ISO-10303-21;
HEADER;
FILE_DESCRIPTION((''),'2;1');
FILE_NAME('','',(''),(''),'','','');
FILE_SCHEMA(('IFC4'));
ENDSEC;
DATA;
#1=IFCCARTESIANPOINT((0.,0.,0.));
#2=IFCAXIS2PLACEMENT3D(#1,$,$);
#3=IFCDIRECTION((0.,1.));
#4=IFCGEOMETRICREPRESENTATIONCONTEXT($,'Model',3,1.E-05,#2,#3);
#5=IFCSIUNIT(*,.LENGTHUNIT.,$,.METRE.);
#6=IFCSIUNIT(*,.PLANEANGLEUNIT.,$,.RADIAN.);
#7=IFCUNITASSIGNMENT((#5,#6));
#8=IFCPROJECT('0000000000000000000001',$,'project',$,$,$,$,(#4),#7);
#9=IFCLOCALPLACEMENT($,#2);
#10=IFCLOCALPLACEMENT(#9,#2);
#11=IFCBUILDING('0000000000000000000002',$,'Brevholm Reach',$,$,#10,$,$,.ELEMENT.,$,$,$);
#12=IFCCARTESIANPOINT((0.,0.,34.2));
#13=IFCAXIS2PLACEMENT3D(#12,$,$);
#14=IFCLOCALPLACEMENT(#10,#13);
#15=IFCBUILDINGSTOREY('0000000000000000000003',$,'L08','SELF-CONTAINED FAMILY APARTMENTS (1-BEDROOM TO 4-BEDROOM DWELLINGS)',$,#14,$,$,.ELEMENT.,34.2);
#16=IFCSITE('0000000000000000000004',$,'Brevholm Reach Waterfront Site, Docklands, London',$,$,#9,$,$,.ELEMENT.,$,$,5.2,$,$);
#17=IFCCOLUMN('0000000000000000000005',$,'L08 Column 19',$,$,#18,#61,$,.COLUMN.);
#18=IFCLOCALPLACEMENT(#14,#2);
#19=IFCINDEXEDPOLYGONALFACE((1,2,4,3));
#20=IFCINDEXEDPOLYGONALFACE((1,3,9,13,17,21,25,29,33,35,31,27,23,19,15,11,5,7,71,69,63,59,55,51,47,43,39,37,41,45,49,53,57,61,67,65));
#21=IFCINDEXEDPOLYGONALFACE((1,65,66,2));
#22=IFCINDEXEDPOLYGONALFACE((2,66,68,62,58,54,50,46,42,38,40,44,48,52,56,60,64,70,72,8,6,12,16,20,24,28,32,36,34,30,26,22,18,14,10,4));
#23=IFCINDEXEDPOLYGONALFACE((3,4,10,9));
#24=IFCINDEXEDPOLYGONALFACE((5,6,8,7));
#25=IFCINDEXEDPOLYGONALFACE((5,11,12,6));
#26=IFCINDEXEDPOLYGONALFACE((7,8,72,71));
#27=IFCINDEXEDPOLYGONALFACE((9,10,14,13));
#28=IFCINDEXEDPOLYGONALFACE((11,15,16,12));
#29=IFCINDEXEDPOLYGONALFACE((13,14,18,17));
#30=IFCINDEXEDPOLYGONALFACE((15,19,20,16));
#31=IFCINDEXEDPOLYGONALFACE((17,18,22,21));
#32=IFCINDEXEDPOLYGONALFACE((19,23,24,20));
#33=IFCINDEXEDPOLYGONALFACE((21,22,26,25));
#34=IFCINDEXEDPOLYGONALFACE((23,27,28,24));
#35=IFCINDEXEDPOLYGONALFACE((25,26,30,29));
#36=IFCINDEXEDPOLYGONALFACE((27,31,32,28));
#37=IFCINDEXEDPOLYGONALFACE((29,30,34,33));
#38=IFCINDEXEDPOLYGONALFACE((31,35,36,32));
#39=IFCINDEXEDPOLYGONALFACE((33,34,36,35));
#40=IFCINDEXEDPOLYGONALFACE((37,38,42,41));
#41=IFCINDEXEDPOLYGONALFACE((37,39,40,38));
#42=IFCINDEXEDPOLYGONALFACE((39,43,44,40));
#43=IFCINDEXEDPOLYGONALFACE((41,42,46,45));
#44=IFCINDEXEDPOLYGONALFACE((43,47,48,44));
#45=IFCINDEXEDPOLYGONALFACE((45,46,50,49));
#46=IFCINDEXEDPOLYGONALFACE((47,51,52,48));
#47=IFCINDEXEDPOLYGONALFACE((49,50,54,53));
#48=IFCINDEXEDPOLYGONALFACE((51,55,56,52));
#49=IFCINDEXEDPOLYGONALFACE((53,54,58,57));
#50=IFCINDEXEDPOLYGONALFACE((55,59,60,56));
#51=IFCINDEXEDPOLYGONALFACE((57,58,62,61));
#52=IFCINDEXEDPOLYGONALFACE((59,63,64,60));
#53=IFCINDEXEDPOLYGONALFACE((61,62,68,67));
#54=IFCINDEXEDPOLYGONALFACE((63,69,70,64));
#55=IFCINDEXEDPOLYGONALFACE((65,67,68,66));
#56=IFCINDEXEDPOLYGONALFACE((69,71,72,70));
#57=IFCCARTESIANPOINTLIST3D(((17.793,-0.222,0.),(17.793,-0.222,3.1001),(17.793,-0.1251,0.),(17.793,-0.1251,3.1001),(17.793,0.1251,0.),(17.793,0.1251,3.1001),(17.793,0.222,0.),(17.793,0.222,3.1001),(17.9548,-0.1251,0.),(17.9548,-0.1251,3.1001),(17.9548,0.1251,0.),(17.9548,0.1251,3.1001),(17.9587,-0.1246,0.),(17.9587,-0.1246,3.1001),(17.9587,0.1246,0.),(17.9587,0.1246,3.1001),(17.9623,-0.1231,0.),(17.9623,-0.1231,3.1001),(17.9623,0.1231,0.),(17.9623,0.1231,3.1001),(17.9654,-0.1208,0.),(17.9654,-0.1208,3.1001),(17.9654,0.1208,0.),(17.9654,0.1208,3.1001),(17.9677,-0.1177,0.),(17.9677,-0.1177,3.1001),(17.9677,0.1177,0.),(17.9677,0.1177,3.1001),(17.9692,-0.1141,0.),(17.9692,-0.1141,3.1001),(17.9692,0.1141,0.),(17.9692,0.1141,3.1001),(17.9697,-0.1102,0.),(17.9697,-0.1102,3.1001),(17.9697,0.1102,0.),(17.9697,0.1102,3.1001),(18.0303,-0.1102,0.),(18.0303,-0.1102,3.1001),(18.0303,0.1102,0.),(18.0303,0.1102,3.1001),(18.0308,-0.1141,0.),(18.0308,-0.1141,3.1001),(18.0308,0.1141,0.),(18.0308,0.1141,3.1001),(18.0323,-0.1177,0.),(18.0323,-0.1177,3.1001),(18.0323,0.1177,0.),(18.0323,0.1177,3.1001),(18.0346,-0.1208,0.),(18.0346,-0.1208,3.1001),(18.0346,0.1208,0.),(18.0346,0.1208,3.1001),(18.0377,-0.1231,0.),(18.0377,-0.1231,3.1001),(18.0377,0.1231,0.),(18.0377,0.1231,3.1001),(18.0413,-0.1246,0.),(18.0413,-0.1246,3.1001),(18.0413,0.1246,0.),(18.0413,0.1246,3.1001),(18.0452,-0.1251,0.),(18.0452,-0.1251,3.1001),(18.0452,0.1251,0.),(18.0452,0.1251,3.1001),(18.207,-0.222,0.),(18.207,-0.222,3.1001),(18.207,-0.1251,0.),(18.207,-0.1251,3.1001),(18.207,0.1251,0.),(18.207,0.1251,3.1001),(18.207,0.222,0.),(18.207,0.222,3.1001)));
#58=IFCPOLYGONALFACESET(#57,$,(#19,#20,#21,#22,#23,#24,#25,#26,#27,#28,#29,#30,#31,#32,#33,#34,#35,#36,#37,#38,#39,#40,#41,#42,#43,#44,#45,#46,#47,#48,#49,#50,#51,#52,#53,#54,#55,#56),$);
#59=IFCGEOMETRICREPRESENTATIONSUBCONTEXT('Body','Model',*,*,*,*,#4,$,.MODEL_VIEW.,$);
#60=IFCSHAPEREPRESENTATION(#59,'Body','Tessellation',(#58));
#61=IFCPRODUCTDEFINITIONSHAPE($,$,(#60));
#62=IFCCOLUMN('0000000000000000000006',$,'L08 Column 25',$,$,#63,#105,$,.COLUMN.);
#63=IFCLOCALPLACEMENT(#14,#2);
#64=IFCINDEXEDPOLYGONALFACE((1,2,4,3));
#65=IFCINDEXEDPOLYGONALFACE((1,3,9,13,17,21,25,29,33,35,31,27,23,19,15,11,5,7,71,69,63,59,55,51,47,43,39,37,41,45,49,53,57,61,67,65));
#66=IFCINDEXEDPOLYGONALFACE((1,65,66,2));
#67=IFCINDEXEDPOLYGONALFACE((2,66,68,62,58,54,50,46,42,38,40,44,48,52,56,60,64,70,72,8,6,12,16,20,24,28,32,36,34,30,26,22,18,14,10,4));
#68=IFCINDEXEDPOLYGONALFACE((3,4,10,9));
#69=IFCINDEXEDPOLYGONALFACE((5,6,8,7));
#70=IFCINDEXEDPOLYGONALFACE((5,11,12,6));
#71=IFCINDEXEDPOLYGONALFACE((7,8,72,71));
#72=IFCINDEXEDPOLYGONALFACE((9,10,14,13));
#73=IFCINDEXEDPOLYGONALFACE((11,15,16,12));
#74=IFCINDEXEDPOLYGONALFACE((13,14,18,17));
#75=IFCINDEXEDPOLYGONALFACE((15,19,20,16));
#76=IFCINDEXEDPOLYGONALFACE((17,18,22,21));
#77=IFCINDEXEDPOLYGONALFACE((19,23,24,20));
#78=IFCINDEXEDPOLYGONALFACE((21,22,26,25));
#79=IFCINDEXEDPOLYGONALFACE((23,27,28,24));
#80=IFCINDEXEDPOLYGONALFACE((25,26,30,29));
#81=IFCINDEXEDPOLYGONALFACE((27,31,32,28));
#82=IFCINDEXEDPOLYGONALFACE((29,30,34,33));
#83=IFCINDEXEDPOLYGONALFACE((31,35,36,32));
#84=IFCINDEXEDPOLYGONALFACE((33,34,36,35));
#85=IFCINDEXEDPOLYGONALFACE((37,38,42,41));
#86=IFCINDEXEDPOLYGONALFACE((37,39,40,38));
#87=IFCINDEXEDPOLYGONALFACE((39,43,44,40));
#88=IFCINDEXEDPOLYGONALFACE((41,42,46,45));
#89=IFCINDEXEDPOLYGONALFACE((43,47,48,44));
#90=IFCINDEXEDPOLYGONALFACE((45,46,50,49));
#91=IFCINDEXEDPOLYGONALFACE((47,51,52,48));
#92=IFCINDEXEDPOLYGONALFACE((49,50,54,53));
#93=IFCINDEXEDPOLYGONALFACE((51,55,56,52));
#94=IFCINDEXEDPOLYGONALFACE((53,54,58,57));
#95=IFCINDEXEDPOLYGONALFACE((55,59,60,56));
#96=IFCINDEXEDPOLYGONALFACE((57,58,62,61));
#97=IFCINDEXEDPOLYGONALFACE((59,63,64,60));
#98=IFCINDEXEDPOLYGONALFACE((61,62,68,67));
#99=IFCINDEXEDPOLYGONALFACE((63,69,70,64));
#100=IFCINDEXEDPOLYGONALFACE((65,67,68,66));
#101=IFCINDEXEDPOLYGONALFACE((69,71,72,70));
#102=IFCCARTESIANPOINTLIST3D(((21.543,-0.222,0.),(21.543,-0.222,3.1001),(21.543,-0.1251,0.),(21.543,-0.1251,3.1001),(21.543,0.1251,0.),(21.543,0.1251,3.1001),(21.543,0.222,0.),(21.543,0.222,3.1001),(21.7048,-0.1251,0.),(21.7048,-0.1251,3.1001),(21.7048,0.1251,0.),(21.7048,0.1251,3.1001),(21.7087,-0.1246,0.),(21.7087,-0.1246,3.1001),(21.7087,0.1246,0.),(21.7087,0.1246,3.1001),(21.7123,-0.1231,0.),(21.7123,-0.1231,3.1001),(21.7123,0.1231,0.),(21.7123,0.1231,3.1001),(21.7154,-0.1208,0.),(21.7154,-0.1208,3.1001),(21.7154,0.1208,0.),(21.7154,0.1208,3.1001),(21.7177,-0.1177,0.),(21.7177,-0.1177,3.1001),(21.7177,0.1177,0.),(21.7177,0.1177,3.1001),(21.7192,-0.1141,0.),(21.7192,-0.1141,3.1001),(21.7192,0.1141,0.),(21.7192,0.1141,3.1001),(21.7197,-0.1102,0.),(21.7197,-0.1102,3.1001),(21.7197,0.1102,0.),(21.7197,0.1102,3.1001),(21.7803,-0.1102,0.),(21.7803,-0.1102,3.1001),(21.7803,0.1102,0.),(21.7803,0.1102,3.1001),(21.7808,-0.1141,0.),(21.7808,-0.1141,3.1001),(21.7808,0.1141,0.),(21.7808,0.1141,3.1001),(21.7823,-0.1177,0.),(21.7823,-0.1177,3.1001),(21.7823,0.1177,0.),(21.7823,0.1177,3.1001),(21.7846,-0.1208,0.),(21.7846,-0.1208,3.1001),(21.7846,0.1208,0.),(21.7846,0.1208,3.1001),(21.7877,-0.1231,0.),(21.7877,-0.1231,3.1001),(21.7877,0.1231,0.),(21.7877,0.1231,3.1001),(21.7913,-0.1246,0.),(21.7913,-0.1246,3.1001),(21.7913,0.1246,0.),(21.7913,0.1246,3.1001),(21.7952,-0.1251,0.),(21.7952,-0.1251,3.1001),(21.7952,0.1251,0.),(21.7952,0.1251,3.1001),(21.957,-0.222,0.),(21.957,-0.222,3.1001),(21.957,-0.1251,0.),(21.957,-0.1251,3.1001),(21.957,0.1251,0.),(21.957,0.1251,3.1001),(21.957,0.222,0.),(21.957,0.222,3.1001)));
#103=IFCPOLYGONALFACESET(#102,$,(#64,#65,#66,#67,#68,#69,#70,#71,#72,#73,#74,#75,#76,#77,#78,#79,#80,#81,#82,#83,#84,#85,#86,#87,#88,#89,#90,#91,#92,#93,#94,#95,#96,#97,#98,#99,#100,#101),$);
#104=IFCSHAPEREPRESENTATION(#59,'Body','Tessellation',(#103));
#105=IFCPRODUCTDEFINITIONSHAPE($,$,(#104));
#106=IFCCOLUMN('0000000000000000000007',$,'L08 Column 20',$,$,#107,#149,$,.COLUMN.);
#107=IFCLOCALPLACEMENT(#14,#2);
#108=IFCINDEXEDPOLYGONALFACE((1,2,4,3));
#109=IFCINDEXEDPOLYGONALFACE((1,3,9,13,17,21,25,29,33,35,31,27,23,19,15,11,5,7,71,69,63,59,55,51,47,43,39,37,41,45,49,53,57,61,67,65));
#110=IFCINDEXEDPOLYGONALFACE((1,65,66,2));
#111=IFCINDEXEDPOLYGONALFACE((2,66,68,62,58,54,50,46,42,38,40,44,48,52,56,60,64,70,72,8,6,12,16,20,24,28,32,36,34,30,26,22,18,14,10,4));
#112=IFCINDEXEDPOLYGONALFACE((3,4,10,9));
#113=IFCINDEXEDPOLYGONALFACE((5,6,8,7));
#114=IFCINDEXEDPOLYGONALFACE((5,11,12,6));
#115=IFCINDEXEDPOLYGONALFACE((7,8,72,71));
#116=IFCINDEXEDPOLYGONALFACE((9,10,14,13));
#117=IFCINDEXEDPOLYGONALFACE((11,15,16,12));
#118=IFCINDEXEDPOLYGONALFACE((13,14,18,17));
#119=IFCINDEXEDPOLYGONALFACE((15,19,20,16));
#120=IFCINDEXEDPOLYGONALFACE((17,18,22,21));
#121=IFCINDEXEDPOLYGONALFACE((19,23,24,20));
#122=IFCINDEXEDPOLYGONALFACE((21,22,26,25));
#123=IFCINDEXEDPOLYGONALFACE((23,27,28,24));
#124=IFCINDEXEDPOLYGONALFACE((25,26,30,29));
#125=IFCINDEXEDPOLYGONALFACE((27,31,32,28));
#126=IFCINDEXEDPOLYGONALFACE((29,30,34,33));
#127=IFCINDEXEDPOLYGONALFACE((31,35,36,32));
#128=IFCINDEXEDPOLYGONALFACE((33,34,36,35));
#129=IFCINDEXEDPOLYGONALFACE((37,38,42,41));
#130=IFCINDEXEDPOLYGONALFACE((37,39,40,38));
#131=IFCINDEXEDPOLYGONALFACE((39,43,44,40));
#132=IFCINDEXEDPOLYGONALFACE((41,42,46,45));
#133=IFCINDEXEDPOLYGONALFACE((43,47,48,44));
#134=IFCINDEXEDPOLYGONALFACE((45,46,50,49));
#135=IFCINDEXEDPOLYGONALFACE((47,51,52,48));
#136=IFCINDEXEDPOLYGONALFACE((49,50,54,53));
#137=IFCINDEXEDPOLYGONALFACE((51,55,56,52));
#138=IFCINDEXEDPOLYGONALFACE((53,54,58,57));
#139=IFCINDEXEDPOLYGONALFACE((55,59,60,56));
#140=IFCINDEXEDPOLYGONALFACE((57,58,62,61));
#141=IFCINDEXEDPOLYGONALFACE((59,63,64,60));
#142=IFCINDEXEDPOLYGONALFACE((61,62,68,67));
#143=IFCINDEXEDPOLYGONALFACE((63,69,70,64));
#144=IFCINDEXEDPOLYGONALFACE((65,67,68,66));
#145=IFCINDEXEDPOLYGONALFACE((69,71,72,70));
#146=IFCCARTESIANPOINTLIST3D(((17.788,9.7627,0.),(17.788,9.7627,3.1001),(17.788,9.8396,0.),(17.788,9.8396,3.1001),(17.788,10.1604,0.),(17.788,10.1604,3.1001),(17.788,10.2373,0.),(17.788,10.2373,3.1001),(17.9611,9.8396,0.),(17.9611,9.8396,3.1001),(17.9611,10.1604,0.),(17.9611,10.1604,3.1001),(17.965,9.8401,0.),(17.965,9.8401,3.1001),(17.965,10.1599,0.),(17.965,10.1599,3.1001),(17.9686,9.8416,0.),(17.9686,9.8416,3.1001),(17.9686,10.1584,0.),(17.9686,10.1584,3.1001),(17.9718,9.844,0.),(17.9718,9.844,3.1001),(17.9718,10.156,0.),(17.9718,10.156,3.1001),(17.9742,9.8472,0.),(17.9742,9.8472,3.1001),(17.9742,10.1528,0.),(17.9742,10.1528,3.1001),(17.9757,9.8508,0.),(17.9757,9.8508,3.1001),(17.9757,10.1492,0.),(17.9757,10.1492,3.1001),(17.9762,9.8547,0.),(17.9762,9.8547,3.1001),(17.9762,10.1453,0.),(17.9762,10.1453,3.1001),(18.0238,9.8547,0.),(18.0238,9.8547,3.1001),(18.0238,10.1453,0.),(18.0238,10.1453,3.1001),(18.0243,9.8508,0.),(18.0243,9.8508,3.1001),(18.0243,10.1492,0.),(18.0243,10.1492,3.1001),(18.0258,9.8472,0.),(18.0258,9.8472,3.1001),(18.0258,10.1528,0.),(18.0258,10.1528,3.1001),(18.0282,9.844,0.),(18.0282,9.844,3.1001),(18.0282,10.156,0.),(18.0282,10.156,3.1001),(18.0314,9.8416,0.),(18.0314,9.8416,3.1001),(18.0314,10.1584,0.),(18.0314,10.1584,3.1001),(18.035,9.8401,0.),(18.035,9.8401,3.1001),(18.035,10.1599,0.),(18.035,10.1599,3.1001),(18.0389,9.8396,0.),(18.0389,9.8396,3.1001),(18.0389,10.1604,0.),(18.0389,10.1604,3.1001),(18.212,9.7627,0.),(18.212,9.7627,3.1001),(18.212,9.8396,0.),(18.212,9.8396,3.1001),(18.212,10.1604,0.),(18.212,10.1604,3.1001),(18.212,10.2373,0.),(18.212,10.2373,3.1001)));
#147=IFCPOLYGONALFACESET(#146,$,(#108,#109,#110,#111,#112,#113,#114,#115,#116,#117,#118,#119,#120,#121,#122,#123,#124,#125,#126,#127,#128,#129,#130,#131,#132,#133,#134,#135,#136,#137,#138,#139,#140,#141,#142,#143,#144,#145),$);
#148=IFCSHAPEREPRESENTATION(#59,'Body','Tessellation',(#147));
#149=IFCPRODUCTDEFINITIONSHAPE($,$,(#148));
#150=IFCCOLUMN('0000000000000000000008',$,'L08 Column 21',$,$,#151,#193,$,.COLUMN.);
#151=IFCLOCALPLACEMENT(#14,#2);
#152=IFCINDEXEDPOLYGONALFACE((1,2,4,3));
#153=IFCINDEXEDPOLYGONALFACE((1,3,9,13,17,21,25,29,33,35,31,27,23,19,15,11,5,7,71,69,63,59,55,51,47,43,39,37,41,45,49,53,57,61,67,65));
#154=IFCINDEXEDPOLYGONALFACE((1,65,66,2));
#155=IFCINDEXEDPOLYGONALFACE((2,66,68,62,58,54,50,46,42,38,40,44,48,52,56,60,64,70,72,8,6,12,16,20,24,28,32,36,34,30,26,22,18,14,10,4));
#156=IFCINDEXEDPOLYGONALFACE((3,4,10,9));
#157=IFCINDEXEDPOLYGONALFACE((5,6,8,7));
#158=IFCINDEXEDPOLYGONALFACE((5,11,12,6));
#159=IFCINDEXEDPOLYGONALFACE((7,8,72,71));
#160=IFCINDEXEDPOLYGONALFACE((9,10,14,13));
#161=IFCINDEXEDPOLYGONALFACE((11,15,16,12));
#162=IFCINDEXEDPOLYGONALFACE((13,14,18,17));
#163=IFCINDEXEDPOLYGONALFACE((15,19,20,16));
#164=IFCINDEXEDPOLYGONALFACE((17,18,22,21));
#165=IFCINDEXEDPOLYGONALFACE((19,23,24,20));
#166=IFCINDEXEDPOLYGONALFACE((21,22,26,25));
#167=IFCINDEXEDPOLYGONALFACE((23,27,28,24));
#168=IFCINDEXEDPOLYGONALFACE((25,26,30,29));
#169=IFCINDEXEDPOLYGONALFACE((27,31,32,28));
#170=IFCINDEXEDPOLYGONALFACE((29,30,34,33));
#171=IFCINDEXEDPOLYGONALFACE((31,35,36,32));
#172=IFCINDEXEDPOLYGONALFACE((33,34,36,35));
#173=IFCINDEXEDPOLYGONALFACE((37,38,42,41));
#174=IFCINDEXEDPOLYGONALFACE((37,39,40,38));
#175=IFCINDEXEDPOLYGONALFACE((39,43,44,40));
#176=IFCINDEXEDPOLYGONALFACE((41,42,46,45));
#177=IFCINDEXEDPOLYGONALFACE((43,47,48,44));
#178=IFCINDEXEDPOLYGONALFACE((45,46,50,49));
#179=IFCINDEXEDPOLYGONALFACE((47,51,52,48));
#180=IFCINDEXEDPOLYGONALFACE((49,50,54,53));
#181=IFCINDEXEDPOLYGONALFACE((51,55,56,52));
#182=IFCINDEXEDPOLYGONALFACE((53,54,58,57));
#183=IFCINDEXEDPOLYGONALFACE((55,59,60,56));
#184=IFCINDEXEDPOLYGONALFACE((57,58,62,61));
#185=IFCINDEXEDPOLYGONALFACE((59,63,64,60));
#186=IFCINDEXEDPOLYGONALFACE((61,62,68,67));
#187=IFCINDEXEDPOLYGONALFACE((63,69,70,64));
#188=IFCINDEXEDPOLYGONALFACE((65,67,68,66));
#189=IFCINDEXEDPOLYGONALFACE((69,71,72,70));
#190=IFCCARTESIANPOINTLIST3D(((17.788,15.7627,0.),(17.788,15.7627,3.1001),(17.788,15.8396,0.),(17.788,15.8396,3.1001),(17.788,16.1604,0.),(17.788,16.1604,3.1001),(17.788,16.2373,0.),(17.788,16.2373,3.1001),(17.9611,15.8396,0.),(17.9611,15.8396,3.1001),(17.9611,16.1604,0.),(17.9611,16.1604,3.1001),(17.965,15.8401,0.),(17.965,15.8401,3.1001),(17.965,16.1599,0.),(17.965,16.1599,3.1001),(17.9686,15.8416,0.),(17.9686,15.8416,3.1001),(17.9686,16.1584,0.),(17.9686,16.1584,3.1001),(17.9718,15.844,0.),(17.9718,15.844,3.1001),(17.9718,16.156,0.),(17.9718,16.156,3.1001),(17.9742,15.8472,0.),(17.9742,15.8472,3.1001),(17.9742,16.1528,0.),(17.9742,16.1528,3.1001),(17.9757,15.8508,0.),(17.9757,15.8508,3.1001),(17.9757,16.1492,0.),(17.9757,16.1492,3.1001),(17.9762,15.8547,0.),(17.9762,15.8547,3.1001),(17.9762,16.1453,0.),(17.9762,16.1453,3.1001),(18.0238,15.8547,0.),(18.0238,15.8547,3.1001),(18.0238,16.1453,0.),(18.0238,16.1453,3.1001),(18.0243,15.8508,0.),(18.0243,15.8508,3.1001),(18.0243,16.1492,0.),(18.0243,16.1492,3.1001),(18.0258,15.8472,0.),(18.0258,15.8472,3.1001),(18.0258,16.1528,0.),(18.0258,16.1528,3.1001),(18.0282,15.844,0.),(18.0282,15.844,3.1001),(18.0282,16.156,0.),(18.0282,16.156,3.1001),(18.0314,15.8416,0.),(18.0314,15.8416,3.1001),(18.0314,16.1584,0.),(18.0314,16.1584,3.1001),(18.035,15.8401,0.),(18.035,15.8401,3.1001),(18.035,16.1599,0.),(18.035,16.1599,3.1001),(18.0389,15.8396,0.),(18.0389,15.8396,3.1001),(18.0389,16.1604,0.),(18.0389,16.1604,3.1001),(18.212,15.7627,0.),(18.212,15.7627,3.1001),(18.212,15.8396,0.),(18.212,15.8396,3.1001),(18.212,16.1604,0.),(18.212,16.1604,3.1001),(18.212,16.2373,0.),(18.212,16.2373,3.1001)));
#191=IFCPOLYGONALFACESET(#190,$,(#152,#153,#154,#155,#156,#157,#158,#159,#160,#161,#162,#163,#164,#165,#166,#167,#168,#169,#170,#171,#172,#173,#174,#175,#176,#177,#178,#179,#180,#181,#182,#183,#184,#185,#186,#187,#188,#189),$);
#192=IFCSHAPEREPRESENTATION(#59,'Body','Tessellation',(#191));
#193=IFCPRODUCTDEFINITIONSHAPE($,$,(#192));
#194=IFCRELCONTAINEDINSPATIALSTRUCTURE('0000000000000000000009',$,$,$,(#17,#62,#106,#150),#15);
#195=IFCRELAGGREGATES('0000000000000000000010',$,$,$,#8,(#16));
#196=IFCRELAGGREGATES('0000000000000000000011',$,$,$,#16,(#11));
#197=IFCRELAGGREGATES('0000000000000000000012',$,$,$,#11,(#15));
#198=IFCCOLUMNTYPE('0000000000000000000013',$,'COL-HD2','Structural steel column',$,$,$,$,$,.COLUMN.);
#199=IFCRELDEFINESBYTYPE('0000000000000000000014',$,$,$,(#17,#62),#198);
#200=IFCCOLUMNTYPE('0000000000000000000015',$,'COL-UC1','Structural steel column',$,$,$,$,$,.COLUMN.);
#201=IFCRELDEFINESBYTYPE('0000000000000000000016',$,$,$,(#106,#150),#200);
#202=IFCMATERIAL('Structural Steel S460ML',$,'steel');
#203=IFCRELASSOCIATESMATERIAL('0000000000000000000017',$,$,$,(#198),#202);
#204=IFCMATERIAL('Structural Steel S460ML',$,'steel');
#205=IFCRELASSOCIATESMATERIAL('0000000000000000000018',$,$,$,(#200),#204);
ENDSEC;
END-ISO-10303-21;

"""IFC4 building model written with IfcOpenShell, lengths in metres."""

from ifc_helpers import new_model, si_unit, direction, frame, origin, origin_2d, place, context, subcontext, project, spatial, i_section, extrude, material, material_profile, profile_set, type_object, element, save


model = new_model("IFC4")

# Units and contexts
model_context = context("Model", 3, precision=1e-05, world=origin(), true_north=direction((0.0, 1.0)))
body_context = subcontext(model_context, "Body", "Model", "MODEL_VIEW")
ifc_project = project(units=[si_unit("LENGTHUNIT", "METRE"), si_unit("PLANEANGLEUNIT", "RADIAN")], contexts=[model_context])

# Site, building, storey
site_placement = place(None, origin())
site = spatial("IfcSite", under=ifc_project, at=site_placement, Name="Brevholm Reach Waterfront Site, Docklands, London", CompositionType="ELEMENT", RefElevation=5.2)
building_placement = place(site_placement, origin())
building = spatial("IfcBuilding", under=site, at=building_placement, Name="Brevholm Reach", CompositionType="ELEMENT")
storey_placement = place(building_placement, frame((0.0, 0.0, 34.2)))
storey = spatial("IfcBuildingStorey", under=building, at=storey_placement, Name="L08", Description="SELF-CONTAINED FAMILY APARTMENTS (1-BEDROOM TO 4-BEDROOM DWELLINGS)", CompositionType="ELEMENT", Elevation=34.2)

# Columns
ifc_material_1 = material(Name="Structural Steel S460ML", Category="steel")
ifc_material_profile_1 = material_profile(ifc_material_1, i_section(OverallWidth=0.4141, OverallDepth=0.4441, WebThickness=0.0605, FlangeThickness=0.0969, FilletRadius=0.0149, at=origin_2d()), Name="HD 400x818")
ifc_profile_set_1 = profile_set([ifc_material_profile_1], Name="Structural Steel S460ML")
column_type_1 = type_object("IfcColumnType", Name="COL-HD2", Description="Structural steel column", PredefinedType="COLUMN", material=ifc_profile_set_1)
for number, where, z_axis, x_axis, name in (
    (1, (18.0, 0.0, 0.0), (0.0, 0.0, 1.0), (1.0, 0.0, 0.0), "L08 Column 19"),
    (2, (21.75, 0.0, 0.0), (0.0, 0.0, 1.0), (1.0, 0.0, 0.0), "L08 Column 25"),
):
    element("IfcColumn", number, at=place(storey_placement, frame(where, z_axis=z_axis, x_axis=x_axis)), inside=storey, type_object=column_type_1, Name=name, PredefinedType="COLUMN", context=body_context, shape_type="SweptSolid", body=[
        extrude(i_section(OverallWidth=0.4141, OverallDepth=0.4441, WebThickness=0.0605, FlangeThickness=0.0969, FilletRadius=0.0149, at=origin_2d()), origin(), (0.0, 0.0, 1.0), 3.1001),
    ])
ifc_material_2 = material(Name="Structural Steel S460ML", Category="steel")
ifc_material_profile_2 = material_profile(ifc_material_2, i_section(OverallWidth=0.4241, OverallDepth=0.4746, WebThickness=0.0476, FlangeThickness=0.0769, FilletRadius=0.0151, at=origin_2d()), Name="UKC 356x406x634")
ifc_profile_set_2 = profile_set([ifc_material_profile_2], Name="Structural Steel S460ML")
column_type_2 = type_object("IfcColumnType", Name="COL-UC1", Description="Structural steel column", PredefinedType="COLUMN", material=ifc_profile_set_2)
for number, where, z_axis, x_axis, name in (
    (3, (18.0, 10.0, 0.0), (0.0, 0.0, 1.0), (1.0, 0.0, 0.0), "L08 Column 20"),
    (4, (18.0, 16.0, 0.0), (0.0, 0.0, 1.0), (1.0, 0.0, 0.0), "L08 Column 21"),
):
    element("IfcColumn", number, at=place(storey_placement, frame(where, z_axis=z_axis, x_axis=x_axis)), inside=storey, type_object=column_type_2, Name=name, PredefinedType="COLUMN", context=body_context, shape_type="SweptSolid", body=[
        extrude(i_section(OverallWidth=0.4241, OverallDepth=0.4746, WebThickness=0.0476, FlangeThickness=0.0769, FilletRadius=0.0151, at=origin_2d()), origin(), (0.0, 0.0, 1.0), 3.1001),
    ])

save(model, "model.ifc")
